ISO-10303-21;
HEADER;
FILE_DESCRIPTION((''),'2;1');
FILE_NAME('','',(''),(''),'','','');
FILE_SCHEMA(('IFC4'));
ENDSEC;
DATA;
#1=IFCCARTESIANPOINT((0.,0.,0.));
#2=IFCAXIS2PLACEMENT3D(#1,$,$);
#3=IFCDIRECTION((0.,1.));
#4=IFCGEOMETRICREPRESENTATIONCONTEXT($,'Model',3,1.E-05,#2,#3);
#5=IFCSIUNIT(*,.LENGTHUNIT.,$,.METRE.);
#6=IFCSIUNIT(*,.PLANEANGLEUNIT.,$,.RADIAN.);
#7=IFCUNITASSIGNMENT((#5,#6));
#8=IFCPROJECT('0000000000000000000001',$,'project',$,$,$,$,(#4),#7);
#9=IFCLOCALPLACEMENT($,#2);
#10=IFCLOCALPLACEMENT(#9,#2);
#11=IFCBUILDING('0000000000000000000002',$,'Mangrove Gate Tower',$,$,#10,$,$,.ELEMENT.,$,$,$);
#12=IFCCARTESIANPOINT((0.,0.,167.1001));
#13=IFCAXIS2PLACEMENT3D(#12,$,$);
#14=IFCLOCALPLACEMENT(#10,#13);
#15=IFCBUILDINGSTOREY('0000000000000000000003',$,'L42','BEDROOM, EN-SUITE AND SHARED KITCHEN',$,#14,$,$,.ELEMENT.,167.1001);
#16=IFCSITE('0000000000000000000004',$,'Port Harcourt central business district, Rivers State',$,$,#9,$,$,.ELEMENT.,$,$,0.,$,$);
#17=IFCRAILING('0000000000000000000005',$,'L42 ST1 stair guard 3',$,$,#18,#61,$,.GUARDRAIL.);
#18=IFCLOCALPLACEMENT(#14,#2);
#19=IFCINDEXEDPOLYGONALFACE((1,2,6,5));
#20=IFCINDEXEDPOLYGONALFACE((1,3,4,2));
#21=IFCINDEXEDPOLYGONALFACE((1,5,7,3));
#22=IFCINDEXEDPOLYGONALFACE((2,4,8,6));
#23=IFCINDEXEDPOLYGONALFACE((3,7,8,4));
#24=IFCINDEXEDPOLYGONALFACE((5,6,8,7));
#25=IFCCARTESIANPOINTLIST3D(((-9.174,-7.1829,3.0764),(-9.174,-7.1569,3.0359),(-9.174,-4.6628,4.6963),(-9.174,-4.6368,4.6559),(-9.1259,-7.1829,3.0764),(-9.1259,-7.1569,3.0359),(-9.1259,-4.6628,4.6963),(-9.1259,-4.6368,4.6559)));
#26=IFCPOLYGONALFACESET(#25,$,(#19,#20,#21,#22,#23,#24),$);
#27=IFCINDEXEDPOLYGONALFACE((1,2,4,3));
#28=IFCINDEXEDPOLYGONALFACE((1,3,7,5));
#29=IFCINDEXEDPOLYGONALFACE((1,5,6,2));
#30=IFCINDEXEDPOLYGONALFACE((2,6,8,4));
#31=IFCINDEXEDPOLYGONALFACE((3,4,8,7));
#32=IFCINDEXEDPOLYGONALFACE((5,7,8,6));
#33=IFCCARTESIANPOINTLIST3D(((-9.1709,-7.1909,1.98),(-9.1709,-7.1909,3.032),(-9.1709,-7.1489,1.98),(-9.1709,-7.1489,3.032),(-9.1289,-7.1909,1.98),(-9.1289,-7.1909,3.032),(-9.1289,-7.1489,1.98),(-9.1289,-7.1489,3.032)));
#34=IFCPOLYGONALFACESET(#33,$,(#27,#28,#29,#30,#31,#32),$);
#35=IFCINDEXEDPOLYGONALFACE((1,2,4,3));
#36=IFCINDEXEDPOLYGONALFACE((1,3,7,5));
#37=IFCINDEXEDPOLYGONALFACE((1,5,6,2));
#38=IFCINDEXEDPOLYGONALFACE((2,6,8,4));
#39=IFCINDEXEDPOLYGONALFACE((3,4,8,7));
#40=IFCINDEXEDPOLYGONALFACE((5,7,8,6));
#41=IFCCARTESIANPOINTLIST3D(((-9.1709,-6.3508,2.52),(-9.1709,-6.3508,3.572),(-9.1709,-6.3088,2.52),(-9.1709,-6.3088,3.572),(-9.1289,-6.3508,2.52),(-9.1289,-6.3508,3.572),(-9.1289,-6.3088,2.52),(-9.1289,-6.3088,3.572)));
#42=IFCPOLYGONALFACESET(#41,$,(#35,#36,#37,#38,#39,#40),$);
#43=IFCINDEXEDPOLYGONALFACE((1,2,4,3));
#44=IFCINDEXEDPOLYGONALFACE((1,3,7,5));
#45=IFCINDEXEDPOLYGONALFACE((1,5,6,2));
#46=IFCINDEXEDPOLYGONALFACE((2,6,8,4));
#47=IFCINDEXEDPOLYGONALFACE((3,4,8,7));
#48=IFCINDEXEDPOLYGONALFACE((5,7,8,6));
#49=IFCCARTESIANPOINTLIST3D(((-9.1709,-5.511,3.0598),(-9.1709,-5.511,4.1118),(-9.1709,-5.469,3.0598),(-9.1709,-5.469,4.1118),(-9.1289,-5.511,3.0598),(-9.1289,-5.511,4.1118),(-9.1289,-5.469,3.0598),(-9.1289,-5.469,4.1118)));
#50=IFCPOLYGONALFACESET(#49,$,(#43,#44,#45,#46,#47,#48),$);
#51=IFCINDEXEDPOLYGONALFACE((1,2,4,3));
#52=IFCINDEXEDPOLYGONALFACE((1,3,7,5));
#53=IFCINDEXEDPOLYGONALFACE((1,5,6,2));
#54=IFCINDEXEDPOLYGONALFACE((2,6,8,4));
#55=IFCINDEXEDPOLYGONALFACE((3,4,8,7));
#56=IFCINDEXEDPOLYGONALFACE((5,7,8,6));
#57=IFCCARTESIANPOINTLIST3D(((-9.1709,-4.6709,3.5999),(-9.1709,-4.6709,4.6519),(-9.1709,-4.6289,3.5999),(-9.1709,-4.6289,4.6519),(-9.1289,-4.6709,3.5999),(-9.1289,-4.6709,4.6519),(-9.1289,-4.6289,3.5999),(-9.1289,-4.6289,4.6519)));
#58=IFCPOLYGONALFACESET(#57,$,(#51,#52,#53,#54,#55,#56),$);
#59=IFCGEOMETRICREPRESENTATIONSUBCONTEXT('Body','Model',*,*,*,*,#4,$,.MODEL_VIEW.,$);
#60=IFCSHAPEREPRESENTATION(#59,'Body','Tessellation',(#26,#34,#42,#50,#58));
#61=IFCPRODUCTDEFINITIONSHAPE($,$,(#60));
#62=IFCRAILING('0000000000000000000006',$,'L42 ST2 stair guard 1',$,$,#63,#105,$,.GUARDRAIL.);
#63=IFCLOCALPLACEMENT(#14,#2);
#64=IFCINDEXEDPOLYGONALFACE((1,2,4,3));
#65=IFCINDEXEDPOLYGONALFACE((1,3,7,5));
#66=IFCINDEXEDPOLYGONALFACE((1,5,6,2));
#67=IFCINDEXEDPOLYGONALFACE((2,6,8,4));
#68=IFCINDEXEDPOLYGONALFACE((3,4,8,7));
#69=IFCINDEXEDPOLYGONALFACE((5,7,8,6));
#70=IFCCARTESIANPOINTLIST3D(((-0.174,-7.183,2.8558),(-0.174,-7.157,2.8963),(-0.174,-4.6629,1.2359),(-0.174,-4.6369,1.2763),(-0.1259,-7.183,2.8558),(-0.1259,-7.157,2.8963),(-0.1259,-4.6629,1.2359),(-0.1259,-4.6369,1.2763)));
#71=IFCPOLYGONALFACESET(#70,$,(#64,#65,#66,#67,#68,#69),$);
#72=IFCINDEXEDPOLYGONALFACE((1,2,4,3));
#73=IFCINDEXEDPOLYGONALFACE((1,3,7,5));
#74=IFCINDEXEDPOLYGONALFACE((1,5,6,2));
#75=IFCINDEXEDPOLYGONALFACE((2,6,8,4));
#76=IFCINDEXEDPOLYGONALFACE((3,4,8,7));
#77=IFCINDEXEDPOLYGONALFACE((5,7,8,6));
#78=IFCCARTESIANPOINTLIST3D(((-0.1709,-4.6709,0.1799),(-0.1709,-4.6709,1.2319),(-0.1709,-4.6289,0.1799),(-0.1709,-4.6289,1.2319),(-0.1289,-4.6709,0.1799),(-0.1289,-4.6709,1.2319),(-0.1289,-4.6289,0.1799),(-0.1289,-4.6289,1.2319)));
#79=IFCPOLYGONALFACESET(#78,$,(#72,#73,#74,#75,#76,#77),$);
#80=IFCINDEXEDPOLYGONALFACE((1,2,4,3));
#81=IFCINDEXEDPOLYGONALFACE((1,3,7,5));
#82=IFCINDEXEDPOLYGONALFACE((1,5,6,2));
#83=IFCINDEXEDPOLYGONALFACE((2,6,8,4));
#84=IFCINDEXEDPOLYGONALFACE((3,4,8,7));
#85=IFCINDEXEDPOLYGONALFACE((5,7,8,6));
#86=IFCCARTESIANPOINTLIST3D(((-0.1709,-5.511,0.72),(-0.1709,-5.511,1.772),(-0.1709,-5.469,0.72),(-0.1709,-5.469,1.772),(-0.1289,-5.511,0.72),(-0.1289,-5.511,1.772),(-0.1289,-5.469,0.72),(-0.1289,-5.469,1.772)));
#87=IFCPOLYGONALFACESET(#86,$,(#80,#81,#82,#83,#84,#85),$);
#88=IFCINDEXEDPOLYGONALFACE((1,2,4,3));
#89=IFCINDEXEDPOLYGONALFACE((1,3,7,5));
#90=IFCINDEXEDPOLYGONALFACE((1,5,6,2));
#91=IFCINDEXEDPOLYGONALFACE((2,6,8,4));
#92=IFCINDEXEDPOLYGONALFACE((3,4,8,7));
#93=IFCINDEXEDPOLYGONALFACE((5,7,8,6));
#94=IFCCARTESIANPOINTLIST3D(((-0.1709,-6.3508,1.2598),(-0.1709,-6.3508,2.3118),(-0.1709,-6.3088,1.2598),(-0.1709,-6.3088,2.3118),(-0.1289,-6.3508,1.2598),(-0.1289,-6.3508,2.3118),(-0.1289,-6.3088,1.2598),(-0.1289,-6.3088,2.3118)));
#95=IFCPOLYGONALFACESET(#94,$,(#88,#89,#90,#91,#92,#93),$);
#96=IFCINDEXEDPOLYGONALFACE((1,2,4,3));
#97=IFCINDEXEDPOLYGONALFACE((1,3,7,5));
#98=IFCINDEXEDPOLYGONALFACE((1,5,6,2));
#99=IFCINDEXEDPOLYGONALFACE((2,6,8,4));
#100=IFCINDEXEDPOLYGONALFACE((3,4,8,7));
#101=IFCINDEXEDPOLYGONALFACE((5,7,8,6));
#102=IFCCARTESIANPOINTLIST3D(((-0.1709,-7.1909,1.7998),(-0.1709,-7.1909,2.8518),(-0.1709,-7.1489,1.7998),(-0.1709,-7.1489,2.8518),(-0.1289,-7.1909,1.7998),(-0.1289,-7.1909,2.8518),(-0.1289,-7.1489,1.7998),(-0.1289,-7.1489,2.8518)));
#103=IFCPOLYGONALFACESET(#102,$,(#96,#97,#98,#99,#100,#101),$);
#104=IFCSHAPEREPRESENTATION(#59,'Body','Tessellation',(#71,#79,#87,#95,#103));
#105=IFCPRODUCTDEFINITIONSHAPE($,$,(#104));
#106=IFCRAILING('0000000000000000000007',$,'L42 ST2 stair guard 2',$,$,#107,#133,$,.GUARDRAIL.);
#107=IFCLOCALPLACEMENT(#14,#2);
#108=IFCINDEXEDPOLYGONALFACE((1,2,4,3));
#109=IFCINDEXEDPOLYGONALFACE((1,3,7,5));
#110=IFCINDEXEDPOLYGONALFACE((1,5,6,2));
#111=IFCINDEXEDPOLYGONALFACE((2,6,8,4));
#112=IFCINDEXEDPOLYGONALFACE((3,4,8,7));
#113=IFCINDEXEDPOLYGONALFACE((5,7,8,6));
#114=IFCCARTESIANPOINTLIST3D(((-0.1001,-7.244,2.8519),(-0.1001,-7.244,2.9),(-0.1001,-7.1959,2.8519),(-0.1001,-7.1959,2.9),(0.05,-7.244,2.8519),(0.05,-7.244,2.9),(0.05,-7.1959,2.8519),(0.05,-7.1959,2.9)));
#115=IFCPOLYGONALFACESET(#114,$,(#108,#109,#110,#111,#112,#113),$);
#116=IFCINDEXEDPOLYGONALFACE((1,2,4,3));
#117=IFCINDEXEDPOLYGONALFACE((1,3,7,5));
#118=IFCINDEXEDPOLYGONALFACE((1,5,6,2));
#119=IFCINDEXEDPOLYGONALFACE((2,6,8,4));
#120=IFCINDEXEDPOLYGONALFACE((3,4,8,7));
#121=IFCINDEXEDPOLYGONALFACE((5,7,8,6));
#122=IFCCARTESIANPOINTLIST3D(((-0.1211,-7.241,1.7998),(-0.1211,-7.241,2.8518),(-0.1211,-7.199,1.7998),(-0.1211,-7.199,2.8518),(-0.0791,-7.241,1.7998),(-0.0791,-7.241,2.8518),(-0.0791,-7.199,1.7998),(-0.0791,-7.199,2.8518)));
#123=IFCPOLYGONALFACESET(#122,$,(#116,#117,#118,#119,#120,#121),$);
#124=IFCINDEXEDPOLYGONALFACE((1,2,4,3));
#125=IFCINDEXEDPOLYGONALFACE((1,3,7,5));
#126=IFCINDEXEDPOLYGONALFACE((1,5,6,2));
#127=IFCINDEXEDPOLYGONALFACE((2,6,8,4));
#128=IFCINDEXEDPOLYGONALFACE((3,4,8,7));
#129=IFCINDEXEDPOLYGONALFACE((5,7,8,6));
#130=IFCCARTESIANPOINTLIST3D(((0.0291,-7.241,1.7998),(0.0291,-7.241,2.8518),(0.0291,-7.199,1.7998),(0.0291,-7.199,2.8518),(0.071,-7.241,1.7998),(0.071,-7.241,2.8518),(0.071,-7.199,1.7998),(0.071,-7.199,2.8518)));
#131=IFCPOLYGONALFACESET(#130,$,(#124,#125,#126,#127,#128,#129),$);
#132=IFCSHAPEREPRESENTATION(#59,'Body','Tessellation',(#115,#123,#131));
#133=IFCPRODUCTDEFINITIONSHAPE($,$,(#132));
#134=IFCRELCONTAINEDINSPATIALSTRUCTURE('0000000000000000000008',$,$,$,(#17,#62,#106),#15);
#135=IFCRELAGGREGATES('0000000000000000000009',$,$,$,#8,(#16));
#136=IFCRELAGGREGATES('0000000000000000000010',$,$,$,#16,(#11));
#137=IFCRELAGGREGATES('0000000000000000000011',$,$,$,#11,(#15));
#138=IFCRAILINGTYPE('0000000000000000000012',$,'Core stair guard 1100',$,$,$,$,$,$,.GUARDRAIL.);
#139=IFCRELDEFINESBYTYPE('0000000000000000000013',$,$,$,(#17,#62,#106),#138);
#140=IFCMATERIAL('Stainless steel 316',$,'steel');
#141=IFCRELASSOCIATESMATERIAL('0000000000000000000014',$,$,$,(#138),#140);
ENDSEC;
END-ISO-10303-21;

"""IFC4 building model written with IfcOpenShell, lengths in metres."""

from ifc_helpers import new_model, si_unit, direction, frame, origin, origin_2d, place, context, subcontext, project, spatial, rectangle, extrude, material, type_object, element, save


model = new_model("IFC4")

# Units and contexts
model_context = context("Model", 3, precision=1e-05, world=origin(), true_north=direction((0.0, 1.0)))
body_context = subcontext(model_context, "Body", "Model", "MODEL_VIEW")
ifc_project = project(units=[si_unit("LENGTHUNIT", "METRE"), si_unit("PLANEANGLEUNIT", "RADIAN")], contexts=[model_context])

# Site, building, storey
site_placement = place(None, origin())
site = spatial("IfcSite", under=ifc_project, at=site_placement, Name="Port Harcourt central business district, Rivers State", CompositionType="ELEMENT", RefElevation=0.0)
building_placement = place(site_placement, origin())
building = spatial("IfcBuilding", under=site, at=building_placement, Name="Mangrove Gate Tower", CompositionType="ELEMENT")
storey_placement = place(building_placement, frame((0.0, 0.0, 167.1001)))
storey = spatial("IfcBuildingStorey", under=building, at=storey_placement, Name="L42", Description="BEDROOM, EN-SUITE AND SHARED KITCHEN", CompositionType="ELEMENT", Elevation=167.1001)

# Railings
ifc_material_1 = material(Name="Stainless steel 316", Category="steel")
railing_type_1 = type_object("IfcRailingType", Name="Core stair guard 1100", PredefinedType="GUARDRAIL", material=ifc_material_1)
railing_1_placement = place(storey_placement, frame((-9.1499, -7.1699, 1.98)))
element("IfcRailing", 1, at=railing_1_placement, inside=storey, type_object=railing_type_1, Name="L42 ST1 stair guard 3", PredefinedType="GUARDRAIL", context=body_context, shape_type="SweptSolid", body=[
    extrude(rectangle(XDim=0.0481, YDim=0.0481, at=origin_2d()), frame((0.0, 0.0, 1.0762), z_axis=(0.0, 0.8412, 0.540725), x_axis=(-1.0, 0.0, 0.0)), (0.0, 0.0, 1.0), 2.9958),
    extrude(rectangle(XDim=0.042, YDim=0.042, at=origin_2d()), origin(), (0.0, 0.0, 1.0), 1.052),
    extrude(rectangle(XDim=0.042, YDim=0.042, at=origin_2d()), frame((0.0, 0.8401, 0.54)), (0.0, 0.0, 1.0), 1.052),
    extrude(rectangle(XDim=0.042, YDim=0.042, at=origin_2d()), frame((0.0, 1.6799, 1.0798)), (0.0, 0.0, 1.0), 1.052),
    extrude(rectangle(XDim=0.042, YDim=0.042, at=origin_2d()), frame((0.0, 2.52, 1.6199)), (0.0, 0.0, 1.0), 1.052),
])
railing_2_placement = place(storey_placement, frame((-0.1499, -4.6499, 0.1799)))
element("IfcRailing", 2, at=railing_2_placement, inside=storey, type_object=railing_type_1, Name="L42 ST2 stair guard 1", PredefinedType="GUARDRAIL", context=body_context, shape_type="SweptSolid", body=[
    extrude(rectangle(XDim=0.0481, YDim=0.0481, at=origin_2d()), frame((0.0, 0.0, 1.0762), z_axis=(0.0, -0.8412, 0.540725), x_axis=(1.0, 0.0, 0.0)), (0.0, 0.0, 1.0), 2.9958),
    extrude(rectangle(XDim=0.042, YDim=0.042, at=origin_2d()), origin(), (0.0, 0.0, 1.0), 1.052),
    extrude(rectangle(XDim=0.042, YDim=0.042, at=origin_2d()), frame((0.0, -0.8401, 0.54)), (0.0, 0.0, 1.0), 1.052),
    extrude(rectangle(XDim=0.042, YDim=0.042, at=origin_2d()), frame((0.0, -1.6799, 1.0798)), (0.0, 0.0, 1.0), 1.052),
    extrude(rectangle(XDim=0.042, YDim=0.042, at=origin_2d()), frame((0.0, -2.52, 1.6199)), (0.0, 0.0, 1.0), 1.052),
])
railing_3_placement = place(storey_placement, frame((-0.1001, -7.22, 1.7998)))
element("IfcRailing", 3, at=railing_3_placement, inside=storey, type_object=railing_type_1, Name="L42 ST2 stair guard 2", PredefinedType="GUARDRAIL", context=body_context, shape_type="SweptSolid", body=[
    extrude(rectangle(XDim=0.0481, YDim=0.0481, at=origin_2d()), frame((0.0, 0.0, 1.0762), z_axis=(1.0, 0.0, 0.0), x_axis=(0.0, 1.0, 0.0)), (0.0, 0.0, 1.0), 0.1501),
    extrude(rectangle(XDim=0.042, YDim=0.042, at=origin_2d()), origin(), (0.0, 0.0, 1.0), 1.052),
    extrude(rectangle(XDim=0.042, YDim=0.042, at=origin_2d()), frame((0.1501, 0.0, 0.0)), (0.0, 0.0, 1.0), 1.052),
])

save(model, "model.ifc")
